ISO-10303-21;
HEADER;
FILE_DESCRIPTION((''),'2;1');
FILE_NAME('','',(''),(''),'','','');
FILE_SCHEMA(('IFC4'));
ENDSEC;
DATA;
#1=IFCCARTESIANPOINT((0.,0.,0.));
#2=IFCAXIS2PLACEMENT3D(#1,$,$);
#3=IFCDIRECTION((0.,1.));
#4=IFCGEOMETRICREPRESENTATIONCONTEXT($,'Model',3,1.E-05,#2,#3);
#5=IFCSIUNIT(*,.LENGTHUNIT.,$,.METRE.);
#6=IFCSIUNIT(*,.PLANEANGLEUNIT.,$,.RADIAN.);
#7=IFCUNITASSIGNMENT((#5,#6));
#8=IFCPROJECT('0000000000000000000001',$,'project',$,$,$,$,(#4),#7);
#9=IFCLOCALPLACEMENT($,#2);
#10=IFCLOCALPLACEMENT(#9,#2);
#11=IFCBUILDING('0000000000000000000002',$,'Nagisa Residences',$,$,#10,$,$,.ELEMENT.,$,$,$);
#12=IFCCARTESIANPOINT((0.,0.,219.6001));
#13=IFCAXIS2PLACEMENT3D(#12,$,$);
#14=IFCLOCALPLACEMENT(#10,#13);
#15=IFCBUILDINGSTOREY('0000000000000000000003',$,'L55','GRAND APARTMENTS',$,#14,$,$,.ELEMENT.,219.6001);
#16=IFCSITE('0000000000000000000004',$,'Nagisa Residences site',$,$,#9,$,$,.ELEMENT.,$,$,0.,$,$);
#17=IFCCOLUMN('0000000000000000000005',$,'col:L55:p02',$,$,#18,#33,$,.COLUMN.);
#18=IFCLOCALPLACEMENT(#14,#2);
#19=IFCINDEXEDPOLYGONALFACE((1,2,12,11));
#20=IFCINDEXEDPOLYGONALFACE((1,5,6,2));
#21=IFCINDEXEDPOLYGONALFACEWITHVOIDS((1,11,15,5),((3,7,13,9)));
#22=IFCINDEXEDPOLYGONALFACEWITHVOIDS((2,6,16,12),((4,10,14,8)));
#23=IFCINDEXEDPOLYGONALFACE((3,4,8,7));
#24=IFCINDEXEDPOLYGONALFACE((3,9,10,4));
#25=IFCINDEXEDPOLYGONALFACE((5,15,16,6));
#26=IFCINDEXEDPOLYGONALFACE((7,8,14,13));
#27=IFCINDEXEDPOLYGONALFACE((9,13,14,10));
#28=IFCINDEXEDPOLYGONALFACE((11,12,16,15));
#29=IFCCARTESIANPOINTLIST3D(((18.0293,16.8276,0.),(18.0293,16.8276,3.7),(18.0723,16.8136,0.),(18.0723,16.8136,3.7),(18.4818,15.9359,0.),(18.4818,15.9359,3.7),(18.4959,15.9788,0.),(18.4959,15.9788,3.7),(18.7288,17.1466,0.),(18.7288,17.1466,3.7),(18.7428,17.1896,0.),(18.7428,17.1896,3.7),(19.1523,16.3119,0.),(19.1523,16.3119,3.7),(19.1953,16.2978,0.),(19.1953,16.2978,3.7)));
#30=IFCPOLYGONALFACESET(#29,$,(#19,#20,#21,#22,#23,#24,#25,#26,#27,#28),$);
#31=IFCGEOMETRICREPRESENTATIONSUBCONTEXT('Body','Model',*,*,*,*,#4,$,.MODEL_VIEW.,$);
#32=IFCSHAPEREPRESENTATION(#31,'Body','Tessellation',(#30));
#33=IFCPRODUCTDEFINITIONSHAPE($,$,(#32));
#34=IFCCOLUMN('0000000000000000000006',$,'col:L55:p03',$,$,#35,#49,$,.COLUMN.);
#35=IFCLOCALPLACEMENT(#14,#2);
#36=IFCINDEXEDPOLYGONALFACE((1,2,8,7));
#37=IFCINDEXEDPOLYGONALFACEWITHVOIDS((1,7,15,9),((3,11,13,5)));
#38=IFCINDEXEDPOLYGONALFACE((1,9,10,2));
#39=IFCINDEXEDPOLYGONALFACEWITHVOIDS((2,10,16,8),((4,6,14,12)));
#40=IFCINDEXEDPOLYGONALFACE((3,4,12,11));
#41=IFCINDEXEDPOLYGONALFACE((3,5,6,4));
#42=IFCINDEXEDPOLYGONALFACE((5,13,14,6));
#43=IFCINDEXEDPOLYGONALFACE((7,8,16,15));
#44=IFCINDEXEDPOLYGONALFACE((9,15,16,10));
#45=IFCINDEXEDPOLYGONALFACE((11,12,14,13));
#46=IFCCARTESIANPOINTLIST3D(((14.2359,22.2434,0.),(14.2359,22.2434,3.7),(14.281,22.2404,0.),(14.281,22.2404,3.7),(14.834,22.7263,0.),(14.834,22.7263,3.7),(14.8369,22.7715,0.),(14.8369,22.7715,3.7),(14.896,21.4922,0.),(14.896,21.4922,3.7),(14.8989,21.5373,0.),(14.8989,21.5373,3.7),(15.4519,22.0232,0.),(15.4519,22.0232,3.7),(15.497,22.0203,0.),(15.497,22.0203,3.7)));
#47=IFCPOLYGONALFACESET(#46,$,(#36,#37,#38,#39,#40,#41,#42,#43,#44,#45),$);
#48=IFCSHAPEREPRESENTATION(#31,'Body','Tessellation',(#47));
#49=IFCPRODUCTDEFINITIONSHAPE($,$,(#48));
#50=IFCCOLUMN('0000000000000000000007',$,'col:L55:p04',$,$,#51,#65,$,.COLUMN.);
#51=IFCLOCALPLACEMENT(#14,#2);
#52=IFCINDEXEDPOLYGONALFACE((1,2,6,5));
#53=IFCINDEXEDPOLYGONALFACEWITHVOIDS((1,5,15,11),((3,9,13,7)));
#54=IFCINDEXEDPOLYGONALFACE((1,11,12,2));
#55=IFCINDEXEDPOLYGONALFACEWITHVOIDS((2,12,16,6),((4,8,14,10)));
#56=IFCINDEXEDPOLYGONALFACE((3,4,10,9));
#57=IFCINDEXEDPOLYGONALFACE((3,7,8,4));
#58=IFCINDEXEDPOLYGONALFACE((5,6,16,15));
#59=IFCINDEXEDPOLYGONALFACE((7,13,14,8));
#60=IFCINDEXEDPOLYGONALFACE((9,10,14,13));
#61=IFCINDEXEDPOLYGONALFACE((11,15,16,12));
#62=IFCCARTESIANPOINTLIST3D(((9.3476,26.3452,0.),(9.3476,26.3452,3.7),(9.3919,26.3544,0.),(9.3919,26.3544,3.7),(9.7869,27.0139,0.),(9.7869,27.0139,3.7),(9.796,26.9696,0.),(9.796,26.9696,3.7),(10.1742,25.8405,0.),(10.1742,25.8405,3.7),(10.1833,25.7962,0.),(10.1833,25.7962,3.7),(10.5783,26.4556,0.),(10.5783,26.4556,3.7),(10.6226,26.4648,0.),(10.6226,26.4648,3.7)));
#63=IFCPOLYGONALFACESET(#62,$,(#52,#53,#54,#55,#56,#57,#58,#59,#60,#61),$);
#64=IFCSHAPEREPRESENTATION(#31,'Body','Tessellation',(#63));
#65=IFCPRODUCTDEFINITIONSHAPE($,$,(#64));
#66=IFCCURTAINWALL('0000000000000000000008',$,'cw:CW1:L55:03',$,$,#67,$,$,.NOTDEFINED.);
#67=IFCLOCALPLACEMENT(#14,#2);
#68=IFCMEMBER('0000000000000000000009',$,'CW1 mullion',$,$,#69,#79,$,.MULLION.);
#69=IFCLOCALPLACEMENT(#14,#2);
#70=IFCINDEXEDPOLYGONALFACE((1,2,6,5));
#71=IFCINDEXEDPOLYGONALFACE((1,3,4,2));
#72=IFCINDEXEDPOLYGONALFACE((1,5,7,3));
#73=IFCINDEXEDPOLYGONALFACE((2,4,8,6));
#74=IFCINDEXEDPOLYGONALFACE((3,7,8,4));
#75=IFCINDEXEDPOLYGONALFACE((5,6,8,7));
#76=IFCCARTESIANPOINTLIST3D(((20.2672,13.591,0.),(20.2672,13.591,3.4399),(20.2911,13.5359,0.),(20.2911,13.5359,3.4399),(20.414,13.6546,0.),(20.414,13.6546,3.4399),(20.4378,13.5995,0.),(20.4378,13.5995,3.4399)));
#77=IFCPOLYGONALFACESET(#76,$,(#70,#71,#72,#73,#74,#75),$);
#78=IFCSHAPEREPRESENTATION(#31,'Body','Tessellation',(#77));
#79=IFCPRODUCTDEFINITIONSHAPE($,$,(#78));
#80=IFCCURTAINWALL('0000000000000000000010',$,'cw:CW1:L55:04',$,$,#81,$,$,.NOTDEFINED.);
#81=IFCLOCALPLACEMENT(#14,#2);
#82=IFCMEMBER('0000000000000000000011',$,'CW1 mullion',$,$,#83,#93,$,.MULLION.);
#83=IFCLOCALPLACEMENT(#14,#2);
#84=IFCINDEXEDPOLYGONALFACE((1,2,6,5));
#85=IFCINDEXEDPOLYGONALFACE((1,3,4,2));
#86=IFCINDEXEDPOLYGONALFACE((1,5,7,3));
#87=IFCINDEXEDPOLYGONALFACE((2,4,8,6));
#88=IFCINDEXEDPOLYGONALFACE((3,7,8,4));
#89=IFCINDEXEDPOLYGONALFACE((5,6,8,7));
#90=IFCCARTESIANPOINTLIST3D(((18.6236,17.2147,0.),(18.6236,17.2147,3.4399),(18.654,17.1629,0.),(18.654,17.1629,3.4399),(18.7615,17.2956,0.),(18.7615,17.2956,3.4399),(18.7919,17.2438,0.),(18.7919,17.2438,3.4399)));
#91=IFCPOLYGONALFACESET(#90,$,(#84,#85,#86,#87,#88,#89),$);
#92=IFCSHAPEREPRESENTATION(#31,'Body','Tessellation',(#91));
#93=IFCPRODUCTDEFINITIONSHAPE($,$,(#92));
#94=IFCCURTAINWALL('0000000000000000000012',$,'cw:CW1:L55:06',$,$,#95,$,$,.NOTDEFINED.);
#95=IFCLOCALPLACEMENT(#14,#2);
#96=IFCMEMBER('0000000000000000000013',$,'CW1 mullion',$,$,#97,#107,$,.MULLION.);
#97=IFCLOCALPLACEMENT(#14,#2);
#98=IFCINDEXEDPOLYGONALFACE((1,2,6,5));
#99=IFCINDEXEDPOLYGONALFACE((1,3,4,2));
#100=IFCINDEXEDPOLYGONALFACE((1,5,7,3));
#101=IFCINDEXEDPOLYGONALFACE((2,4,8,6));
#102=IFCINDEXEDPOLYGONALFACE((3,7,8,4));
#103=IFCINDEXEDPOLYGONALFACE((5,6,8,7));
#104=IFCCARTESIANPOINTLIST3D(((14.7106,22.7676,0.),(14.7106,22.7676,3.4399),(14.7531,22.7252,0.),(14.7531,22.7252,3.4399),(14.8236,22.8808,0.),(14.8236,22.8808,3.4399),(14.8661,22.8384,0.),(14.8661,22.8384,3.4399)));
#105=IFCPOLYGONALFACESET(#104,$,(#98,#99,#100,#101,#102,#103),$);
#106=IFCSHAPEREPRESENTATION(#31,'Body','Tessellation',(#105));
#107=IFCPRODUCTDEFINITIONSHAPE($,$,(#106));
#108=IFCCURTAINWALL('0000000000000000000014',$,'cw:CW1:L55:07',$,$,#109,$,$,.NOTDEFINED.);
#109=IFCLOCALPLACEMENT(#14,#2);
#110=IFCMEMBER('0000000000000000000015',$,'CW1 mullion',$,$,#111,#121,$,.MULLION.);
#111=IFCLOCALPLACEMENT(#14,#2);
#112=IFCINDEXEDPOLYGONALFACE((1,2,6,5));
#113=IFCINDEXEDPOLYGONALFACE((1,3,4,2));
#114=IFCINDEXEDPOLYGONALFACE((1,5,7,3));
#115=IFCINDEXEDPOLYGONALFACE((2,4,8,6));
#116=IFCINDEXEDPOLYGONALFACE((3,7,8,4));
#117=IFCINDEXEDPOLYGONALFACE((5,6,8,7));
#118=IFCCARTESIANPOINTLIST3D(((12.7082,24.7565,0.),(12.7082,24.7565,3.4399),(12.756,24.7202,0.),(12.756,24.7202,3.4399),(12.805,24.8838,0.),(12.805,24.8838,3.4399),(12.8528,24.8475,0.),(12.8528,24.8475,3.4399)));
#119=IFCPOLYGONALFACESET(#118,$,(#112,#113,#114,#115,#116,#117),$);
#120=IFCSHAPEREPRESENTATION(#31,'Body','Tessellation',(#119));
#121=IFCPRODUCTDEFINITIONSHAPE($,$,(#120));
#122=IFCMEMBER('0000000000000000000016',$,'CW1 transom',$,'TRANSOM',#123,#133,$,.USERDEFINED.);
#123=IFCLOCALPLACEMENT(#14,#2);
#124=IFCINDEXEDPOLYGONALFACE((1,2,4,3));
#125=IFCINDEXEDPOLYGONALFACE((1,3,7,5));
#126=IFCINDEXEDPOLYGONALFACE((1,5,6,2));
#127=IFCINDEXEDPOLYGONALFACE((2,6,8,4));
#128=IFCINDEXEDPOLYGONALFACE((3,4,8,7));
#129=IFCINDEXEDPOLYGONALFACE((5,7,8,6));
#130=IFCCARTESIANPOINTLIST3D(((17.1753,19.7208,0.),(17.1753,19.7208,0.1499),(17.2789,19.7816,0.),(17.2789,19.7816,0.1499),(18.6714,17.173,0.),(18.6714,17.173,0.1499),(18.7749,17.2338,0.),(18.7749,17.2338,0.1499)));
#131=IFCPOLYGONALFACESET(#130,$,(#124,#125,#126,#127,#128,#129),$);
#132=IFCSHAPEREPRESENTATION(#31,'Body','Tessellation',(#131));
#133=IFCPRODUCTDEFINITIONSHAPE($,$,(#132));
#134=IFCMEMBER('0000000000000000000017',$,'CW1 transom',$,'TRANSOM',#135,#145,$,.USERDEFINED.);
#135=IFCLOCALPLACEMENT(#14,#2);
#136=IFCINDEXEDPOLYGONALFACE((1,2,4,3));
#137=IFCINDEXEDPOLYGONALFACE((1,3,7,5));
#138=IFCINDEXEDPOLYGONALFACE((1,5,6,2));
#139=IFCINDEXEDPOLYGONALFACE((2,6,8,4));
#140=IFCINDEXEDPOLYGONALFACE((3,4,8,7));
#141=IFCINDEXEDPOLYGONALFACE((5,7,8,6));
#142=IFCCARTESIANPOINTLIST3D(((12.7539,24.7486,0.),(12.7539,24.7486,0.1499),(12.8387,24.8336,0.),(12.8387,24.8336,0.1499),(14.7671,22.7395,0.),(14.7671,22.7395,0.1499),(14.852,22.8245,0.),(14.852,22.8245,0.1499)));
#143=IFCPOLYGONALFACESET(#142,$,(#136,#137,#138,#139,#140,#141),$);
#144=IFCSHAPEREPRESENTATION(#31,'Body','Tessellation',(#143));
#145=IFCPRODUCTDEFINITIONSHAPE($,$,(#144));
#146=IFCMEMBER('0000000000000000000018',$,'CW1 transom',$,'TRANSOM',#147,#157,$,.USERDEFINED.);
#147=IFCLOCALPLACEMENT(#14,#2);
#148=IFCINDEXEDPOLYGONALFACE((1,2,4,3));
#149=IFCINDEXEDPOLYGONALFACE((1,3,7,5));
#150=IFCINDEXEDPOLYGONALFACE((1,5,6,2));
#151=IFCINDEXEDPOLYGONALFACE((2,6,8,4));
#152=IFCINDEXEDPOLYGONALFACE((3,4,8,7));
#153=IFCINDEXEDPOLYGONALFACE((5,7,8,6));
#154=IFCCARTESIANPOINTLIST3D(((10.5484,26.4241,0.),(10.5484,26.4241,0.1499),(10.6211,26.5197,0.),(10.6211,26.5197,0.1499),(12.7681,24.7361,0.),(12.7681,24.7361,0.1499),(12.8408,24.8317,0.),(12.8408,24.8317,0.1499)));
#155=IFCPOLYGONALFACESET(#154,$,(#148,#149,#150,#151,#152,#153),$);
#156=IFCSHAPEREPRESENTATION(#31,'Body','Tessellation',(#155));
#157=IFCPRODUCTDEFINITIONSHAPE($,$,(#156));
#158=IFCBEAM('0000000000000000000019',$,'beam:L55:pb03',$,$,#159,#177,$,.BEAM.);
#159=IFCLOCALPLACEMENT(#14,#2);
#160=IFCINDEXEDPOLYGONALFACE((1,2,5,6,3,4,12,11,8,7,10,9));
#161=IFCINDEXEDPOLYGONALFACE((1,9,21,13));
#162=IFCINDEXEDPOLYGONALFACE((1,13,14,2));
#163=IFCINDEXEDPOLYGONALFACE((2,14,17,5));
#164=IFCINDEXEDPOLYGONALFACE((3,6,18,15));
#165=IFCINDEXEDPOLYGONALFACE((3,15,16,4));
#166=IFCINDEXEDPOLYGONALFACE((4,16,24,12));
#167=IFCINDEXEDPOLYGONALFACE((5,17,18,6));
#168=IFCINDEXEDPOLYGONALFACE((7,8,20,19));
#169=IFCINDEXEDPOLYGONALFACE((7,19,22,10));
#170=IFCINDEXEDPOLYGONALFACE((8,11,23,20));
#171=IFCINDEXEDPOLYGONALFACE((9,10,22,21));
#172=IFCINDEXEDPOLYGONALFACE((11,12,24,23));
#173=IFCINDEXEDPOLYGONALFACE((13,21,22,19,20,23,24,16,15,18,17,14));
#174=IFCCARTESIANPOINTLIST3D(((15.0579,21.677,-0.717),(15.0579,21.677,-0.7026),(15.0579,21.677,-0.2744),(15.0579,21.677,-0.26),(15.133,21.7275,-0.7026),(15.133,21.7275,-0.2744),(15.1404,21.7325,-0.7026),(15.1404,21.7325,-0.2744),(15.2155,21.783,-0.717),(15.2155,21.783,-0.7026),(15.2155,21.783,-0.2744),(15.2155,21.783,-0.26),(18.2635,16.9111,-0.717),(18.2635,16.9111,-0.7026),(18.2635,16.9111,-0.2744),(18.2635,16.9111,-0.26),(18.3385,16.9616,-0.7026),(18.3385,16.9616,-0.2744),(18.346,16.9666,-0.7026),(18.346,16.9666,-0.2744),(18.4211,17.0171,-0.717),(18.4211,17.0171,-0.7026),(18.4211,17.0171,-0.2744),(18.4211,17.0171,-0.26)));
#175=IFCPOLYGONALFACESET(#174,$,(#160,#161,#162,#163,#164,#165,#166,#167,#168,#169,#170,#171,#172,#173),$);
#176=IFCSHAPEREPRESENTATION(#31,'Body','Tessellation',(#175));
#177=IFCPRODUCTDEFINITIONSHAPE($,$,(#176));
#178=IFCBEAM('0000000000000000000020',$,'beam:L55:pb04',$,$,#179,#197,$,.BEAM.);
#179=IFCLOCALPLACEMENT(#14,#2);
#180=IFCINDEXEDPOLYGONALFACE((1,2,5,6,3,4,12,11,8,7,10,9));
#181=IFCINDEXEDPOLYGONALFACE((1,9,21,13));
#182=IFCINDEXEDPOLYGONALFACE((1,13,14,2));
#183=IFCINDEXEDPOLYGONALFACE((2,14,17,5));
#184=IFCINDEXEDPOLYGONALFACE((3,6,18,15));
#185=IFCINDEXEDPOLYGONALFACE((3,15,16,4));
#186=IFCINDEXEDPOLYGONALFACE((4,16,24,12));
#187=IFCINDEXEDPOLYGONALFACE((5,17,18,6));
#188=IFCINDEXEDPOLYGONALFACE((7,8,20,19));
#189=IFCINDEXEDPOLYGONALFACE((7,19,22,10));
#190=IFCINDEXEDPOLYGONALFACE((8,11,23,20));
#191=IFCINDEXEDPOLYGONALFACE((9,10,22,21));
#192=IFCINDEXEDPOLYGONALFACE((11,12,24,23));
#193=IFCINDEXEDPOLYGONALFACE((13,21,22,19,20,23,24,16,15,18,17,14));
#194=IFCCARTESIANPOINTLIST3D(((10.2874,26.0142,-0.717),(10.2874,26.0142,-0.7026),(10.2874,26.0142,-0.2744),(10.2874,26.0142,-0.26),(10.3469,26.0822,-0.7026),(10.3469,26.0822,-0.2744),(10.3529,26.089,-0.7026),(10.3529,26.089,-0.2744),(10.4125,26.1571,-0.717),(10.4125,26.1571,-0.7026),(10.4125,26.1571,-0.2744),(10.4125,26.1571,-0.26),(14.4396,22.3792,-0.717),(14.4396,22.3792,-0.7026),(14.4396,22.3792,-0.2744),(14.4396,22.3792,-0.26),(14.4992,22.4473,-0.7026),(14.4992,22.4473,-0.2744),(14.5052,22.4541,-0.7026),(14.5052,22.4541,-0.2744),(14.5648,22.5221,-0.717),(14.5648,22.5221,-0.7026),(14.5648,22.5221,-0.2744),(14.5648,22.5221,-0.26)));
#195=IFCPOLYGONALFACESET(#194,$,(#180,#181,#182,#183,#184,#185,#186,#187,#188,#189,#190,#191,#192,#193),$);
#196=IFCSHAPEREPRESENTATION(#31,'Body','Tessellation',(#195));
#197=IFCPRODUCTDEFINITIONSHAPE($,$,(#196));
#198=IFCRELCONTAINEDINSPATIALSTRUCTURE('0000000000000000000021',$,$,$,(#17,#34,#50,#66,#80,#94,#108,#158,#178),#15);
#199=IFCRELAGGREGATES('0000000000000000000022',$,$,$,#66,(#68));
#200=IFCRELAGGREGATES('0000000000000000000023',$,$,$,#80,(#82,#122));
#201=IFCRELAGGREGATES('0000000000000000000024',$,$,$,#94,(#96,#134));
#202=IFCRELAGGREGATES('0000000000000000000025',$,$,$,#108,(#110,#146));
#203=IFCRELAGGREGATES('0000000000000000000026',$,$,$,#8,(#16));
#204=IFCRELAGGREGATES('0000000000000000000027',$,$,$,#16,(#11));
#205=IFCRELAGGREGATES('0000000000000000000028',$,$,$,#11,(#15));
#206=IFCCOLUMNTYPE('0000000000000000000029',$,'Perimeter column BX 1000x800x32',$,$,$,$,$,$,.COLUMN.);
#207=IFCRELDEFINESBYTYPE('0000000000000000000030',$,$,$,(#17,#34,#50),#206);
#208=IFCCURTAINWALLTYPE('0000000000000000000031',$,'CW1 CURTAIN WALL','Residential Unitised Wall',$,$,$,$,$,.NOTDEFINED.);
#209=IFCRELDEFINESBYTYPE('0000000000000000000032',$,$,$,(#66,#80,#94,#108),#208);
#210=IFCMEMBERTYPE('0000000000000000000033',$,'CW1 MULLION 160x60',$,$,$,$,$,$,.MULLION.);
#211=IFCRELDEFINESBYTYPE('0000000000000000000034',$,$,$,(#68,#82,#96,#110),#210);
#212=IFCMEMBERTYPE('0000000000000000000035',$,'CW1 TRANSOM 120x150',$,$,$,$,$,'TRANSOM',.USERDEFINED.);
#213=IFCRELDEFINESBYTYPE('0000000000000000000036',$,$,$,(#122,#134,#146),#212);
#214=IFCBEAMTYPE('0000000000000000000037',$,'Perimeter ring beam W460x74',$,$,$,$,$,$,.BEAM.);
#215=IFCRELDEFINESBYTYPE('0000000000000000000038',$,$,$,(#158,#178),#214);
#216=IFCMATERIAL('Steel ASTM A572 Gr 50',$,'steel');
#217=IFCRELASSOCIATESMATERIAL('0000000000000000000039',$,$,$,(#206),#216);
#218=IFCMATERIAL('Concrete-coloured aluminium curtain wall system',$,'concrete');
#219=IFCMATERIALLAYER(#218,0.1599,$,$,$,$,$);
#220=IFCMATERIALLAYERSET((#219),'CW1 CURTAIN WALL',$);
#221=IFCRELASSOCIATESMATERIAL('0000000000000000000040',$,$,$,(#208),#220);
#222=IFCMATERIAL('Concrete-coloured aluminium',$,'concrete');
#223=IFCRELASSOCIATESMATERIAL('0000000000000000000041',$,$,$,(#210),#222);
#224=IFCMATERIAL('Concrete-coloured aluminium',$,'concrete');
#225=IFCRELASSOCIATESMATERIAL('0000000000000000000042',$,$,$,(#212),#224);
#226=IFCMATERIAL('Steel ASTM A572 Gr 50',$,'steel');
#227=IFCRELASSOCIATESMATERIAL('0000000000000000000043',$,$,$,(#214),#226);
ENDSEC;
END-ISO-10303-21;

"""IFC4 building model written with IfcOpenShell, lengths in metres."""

from ifc_helpers import new_model, si_unit, direction, frame, origin, origin_2d, place, context, subcontext, project, spatial, rectangle, hollow_rectangle, i_section, extrude, material, layer, layer_set, material_profile, profile_set, type_object, element, aggregate, save


model = new_model("IFC4")

# Units and contexts
model_context = context("Model", 3, precision=1e-05, world=origin(), true_north=direction((0.0, 1.0)))
body_context = subcontext(model_context, "Body", "Model", "MODEL_VIEW")
ifc_project = project(units=[si_unit("LENGTHUNIT", "METRE"), si_unit("PLANEANGLEUNIT", "RADIAN")], contexts=[model_context])

# Site, building, storey
site_placement = place(None, origin())
site = spatial("IfcSite", under=ifc_project, at=site_placement, Name="Nagisa Residences site", CompositionType="ELEMENT", RefElevation=0.0)
building_placement = place(site_placement, origin())
building = spatial("IfcBuilding", under=site, at=building_placement, Name="Nagisa Residences", CompositionType="ELEMENT")
storey_placement = place(building_placement, frame((0.0, 0.0, 219.6001)))
storey = spatial("IfcBuildingStorey", under=building, at=storey_placement, Name="L55", Description="GRAND APARTMENTS", CompositionType="ELEMENT", Elevation=219.6001)

# Columns
ifc_material_1 = material(Name="Steel ASTM A572 Gr 50", Category="steel")
ifc_material_profile_1 = material_profile(ifc_material_1, hollow_rectangle(XDim=1.0, YDim=0.8, WallThickness=0.032, at=origin_2d()), Name="BX 1000x800x32")
ifc_profile_set_1 = profile_set([ifc_material_profile_1], Name="Steel ASTM A572 Gr 50")
column_type = type_object("IfcColumnType", Name="Perimeter column BX 1000x800x32", PredefinedType="COLUMN", material=ifc_profile_set_1)
for number, where, z_axis, x_axis, name in (
    (1, (18.6123, 16.5627, 0.0), (0.0, 0.0, 1.0), (-0.452463, 0.891783, 0.0), "col:L55:p02"),
    (2, (14.8665, 22.1318, 0.0), (0.0, 0.0, 1.0), (-0.660115, 0.751165, 0.0), "col:L55:p03"),
    (3, (9.9851, 26.405, 0.0), (0.0, 0.0, 1.0), (-0.835766, 0.549086, 0.0), "col:L55:p04"),
):
    element("IfcColumn", number, at=place(storey_placement, frame(where, z_axis=z_axis, x_axis=x_axis)), inside=storey, type_object=column_type, Name=name, PredefinedType="COLUMN", context=body_context, shape_type="SweptSolid", body=[
        extrude(hollow_rectangle(XDim=1.0, YDim=0.8, WallThickness=0.032, at=origin_2d()), origin(), (0.0, 0.0, 1.0), 3.7),
    ])

# Curtain walls, members
ifc_material_2 = material(Name="Concrete-coloured aluminium curtain wall system", Category="concrete")
ifc_layer_1 = layer(ifc_material_2, 0.1599)
ifc_layer_set_1 = layer_set([ifc_layer_1], Name="CW1 CURTAIN WALL")
curtain_wall_type = type_object("IfcCurtainWallType", Name="CW1 CURTAIN WALL", Description="Residential Unitised Wall", PredefinedType="NOTDEFINED", material=ifc_layer_set_1)
curtain_wall_1_placement = place(storey_placement, origin())
curtain_wall_1 = element("IfcCurtainWall", 4, at=curtain_wall_1_placement, inside=storey, type_object=curtain_wall_type, Name="cw:CW1:L55:03", PredefinedType="NOTDEFINED")
ifc_material_3 = material(Name="Concrete-coloured aluminium", Category="concrete")
ifc_material_profile_2 = material_profile(ifc_material_3, rectangle(XDim=0.1599, YDim=0.0601, at=origin_2d()), Name="CW1 MULLION 160x60")
ifc_profile_set_2 = profile_set([ifc_material_profile_2], Name="Concrete-coloured aluminium")
member_type_1 = type_object("IfcMemberType", Name="CW1 MULLION 160x60", PredefinedType="MULLION", material=ifc_profile_set_2)
member_1_placement = place(storey_placement, frame((20.3525, 13.5952, 0.0), z_axis=(0.0, 0.0, 1.0), x_axis=(-0.917543, -0.397636, 0.0)))
member_1 = element("IfcMember", 5, at=member_1_placement, type_object=member_type_1, Name="CW1 mullion", PredefinedType="MULLION", context=body_context, shape_type="SweptSolid", body=[
    extrude(rectangle(XDim=0.1599, YDim=0.0601, at=origin_2d()), origin(), (0.0, 0.0, 1.0), 3.4399),
])
curtain_wall_2_placement = place(storey_placement, origin())
curtain_wall_2 = element("IfcCurtainWall", 6, at=curtain_wall_2_placement, inside=storey, type_object=curtain_wall_type, Name="cw:CW1:L55:04", PredefinedType="NOTDEFINED")
member_2_placement = place(storey_placement, frame((18.7078, 17.2292, 0.0), z_axis=(0.0, 0.0, 1.0), x_axis=(-0.862329, -0.506349, 0.0)))
member_2 = element("IfcMember", 7, at=member_2_placement, type_object=member_type_1, Name="CW1 mullion", PredefinedType="MULLION", context=body_context, shape_type="SweptSolid", body=[
    extrude(rectangle(XDim=0.1599, YDim=0.0601, at=origin_2d()), origin(), (0.0, 0.0, 1.0), 3.4399),
])
curtain_wall_3_placement = place(storey_placement, origin())
curtain_wall_3 = element("IfcCurtainWall", 8, at=curtain_wall_3_placement, inside=storey, type_object=curtain_wall_type, Name="cw:CW1:L55:06", PredefinedType="NOTDEFINED")
member_3_placement = place(storey_placement, frame((14.7883, 22.803, 0.0), z_axis=(0.0, 0.0, 1.0), x_axis=(-0.706377, -0.707836, 0.0)))
member_3 = element("IfcMember", 9, at=member_3_placement, type_object=member_type_1, Name="CW1 mullion", PredefinedType="MULLION", context=body_context, shape_type="SweptSolid", body=[
    extrude(rectangle(XDim=0.1599, YDim=0.0601, at=origin_2d()), origin(), (0.0, 0.0, 1.0), 3.4399),
])
curtain_wall_4_placement = place(storey_placement, origin())
curtain_wall_4 = element("IfcCurtainWall", 10, at=curtain_wall_4_placement, inside=storey, type_object=curtain_wall_type, Name="cw:CW1:L55:07", PredefinedType="NOTDEFINED")
member_4_placement = place(storey_placement, frame((12.7805, 24.802, 0.0), z_axis=(0.0, 0.0, 1.0), x_axis=(-0.605255, -0.796031, 0.0)))
member_4 = element("IfcMember", 11, at=member_4_placement, type_object=member_type_1, Name="CW1 mullion", PredefinedType="MULLION", context=body_context, shape_type="SweptSolid", body=[
    extrude(rectangle(XDim=0.1599, YDim=0.0601, at=origin_2d()), origin(), (0.0, 0.0, 1.0), 3.4399),
])

# Members
ifc_material_4 = material(Name="Concrete-coloured aluminium", Category="concrete")
ifc_material_profile_3 = material_profile(ifc_material_4, rectangle(XDim=0.1201, YDim=0.1499, at=origin_2d()), Name="CW1 TRANSOM 120x150")
ifc_profile_set_3 = profile_set([ifc_material_profile_3], Name="Concrete-coloured aluminium")
member_type_2 = type_object("IfcMemberType", Name="CW1 TRANSOM 120x150", ElementType="TRANSOM", PredefinedType="USERDEFINED", material=ifc_profile_set_3)
member_5_placement = place(storey_placement, frame((18.7231, 17.2034, 0.075), z_axis=(-0.506356, 0.862325, 0.0), x_axis=(-0.862325, -0.506356, 0.0)))
member_5 = element("IfcMember", 12, at=member_5_placement, type_object=member_type_2, Name="CW1 transom", ObjectType="TRANSOM", PredefinedType="USERDEFINED", context=body_context, shape_type="SweptSolid", body=[
    extrude(rectangle(XDim=0.1201, YDim=0.1499, at=origin_2d()), origin(), (0.0, 0.0, 1.0), 2.9546),
])
member_6_placement = place(storey_placement, frame((14.8096, 22.782, 0.075), z_axis=(-0.707836, 0.706377, 0.0), x_axis=(-0.706377, -0.707836, 0.0)))
member_6 = element("IfcMember", 13, at=member_6_placement, type_object=member_type_2, Name="CW1 transom", ObjectType="TRANSOM", PredefinedType="USERDEFINED", context=body_context, shape_type="SweptSolid", body=[
    extrude(rectangle(XDim=0.1201, YDim=0.1499, at=origin_2d()), origin(), (0.0, 0.0, 1.0), 2.8442),
])
member_7_placement = place(storey_placement, frame((12.8044, 24.7839, 0.075), z_axis=(-0.79599, 0.60531, 0.0), x_axis=(-0.60531, -0.79599, 0.0)))
member_7 = element("IfcMember", 14, at=member_7_placement, type_object=member_type_2, Name="CW1 transom", ObjectType="TRANSOM", PredefinedType="USERDEFINED", context=body_context, shape_type="SweptSolid", body=[
    extrude(rectangle(XDim=0.1201, YDim=0.1499, at=origin_2d()), origin(), (0.0, 0.0, 1.0), 2.7886),
])

# Beams
ifc_material_5 = material(Name="Steel ASTM A572 Gr 50", Category="steel")
ifc_material_profile_4 = material_profile(ifc_material_5, i_section(OverallWidth=0.1899, OverallDepth=0.457, WebThickness=0.009, FlangeThickness=0.0144, at=origin_2d()), Name="W460x74")
ifc_profile_set_4 = profile_set([ifc_material_profile_4], Name="Steel ASTM A572 Gr 50")
beam_type_1 = type_object("IfcBeamType", Name="Perimeter ring beam W460x74", PredefinedType="BEAM", material=ifc_profile_set_4)
beam_1_placement = place(storey_placement, frame((18.3423, 16.9641, -0.4885), z_axis=(-0.558109, 0.829768, 0.0), x_axis=(-0.829768, -0.558109, 0.0)))
element("IfcBeam", 15, at=beam_1_placement, inside=storey, type_object=beam_type_1, Name="beam:L55:pb03", PredefinedType="BEAM", context=body_context, shape_type="SweptSolid", body=[
    extrude(i_section(OverallWidth=0.1899, OverallDepth=0.457, WebThickness=0.009, FlangeThickness=0.0144, at=origin_2d()), origin(), (0.0, 0.0, 1.0), 5.7437),
])
beam_2_placement = place(storey_placement, frame((14.5022, 22.4507, -0.4885), z_axis=(-0.752423, 0.65868, 0.0), x_axis=(-0.65868, -0.752423, 0.0)))
element("IfcBeam", 16, at=beam_2_placement, inside=storey, type_object=beam_type_1, Name="beam:L55:pb04", PredefinedType="BEAM", context=body_context, shape_type="SweptSolid", body=[
    extrude(i_section(OverallWidth=0.1899, OverallDepth=0.457, WebThickness=0.009, FlangeThickness=0.0144, at=origin_2d()), origin(), (0.0, 0.0, 1.0), 5.5186),
])

aggregate(curtain_wall_1, [member_1])
aggregate(curtain_wall_2, [member_2, member_5])
aggregate(curtain_wall_3, [member_3, member_6])
aggregate(curtain_wall_4, [member_4, member_7])

save(model, "model.ifc")
